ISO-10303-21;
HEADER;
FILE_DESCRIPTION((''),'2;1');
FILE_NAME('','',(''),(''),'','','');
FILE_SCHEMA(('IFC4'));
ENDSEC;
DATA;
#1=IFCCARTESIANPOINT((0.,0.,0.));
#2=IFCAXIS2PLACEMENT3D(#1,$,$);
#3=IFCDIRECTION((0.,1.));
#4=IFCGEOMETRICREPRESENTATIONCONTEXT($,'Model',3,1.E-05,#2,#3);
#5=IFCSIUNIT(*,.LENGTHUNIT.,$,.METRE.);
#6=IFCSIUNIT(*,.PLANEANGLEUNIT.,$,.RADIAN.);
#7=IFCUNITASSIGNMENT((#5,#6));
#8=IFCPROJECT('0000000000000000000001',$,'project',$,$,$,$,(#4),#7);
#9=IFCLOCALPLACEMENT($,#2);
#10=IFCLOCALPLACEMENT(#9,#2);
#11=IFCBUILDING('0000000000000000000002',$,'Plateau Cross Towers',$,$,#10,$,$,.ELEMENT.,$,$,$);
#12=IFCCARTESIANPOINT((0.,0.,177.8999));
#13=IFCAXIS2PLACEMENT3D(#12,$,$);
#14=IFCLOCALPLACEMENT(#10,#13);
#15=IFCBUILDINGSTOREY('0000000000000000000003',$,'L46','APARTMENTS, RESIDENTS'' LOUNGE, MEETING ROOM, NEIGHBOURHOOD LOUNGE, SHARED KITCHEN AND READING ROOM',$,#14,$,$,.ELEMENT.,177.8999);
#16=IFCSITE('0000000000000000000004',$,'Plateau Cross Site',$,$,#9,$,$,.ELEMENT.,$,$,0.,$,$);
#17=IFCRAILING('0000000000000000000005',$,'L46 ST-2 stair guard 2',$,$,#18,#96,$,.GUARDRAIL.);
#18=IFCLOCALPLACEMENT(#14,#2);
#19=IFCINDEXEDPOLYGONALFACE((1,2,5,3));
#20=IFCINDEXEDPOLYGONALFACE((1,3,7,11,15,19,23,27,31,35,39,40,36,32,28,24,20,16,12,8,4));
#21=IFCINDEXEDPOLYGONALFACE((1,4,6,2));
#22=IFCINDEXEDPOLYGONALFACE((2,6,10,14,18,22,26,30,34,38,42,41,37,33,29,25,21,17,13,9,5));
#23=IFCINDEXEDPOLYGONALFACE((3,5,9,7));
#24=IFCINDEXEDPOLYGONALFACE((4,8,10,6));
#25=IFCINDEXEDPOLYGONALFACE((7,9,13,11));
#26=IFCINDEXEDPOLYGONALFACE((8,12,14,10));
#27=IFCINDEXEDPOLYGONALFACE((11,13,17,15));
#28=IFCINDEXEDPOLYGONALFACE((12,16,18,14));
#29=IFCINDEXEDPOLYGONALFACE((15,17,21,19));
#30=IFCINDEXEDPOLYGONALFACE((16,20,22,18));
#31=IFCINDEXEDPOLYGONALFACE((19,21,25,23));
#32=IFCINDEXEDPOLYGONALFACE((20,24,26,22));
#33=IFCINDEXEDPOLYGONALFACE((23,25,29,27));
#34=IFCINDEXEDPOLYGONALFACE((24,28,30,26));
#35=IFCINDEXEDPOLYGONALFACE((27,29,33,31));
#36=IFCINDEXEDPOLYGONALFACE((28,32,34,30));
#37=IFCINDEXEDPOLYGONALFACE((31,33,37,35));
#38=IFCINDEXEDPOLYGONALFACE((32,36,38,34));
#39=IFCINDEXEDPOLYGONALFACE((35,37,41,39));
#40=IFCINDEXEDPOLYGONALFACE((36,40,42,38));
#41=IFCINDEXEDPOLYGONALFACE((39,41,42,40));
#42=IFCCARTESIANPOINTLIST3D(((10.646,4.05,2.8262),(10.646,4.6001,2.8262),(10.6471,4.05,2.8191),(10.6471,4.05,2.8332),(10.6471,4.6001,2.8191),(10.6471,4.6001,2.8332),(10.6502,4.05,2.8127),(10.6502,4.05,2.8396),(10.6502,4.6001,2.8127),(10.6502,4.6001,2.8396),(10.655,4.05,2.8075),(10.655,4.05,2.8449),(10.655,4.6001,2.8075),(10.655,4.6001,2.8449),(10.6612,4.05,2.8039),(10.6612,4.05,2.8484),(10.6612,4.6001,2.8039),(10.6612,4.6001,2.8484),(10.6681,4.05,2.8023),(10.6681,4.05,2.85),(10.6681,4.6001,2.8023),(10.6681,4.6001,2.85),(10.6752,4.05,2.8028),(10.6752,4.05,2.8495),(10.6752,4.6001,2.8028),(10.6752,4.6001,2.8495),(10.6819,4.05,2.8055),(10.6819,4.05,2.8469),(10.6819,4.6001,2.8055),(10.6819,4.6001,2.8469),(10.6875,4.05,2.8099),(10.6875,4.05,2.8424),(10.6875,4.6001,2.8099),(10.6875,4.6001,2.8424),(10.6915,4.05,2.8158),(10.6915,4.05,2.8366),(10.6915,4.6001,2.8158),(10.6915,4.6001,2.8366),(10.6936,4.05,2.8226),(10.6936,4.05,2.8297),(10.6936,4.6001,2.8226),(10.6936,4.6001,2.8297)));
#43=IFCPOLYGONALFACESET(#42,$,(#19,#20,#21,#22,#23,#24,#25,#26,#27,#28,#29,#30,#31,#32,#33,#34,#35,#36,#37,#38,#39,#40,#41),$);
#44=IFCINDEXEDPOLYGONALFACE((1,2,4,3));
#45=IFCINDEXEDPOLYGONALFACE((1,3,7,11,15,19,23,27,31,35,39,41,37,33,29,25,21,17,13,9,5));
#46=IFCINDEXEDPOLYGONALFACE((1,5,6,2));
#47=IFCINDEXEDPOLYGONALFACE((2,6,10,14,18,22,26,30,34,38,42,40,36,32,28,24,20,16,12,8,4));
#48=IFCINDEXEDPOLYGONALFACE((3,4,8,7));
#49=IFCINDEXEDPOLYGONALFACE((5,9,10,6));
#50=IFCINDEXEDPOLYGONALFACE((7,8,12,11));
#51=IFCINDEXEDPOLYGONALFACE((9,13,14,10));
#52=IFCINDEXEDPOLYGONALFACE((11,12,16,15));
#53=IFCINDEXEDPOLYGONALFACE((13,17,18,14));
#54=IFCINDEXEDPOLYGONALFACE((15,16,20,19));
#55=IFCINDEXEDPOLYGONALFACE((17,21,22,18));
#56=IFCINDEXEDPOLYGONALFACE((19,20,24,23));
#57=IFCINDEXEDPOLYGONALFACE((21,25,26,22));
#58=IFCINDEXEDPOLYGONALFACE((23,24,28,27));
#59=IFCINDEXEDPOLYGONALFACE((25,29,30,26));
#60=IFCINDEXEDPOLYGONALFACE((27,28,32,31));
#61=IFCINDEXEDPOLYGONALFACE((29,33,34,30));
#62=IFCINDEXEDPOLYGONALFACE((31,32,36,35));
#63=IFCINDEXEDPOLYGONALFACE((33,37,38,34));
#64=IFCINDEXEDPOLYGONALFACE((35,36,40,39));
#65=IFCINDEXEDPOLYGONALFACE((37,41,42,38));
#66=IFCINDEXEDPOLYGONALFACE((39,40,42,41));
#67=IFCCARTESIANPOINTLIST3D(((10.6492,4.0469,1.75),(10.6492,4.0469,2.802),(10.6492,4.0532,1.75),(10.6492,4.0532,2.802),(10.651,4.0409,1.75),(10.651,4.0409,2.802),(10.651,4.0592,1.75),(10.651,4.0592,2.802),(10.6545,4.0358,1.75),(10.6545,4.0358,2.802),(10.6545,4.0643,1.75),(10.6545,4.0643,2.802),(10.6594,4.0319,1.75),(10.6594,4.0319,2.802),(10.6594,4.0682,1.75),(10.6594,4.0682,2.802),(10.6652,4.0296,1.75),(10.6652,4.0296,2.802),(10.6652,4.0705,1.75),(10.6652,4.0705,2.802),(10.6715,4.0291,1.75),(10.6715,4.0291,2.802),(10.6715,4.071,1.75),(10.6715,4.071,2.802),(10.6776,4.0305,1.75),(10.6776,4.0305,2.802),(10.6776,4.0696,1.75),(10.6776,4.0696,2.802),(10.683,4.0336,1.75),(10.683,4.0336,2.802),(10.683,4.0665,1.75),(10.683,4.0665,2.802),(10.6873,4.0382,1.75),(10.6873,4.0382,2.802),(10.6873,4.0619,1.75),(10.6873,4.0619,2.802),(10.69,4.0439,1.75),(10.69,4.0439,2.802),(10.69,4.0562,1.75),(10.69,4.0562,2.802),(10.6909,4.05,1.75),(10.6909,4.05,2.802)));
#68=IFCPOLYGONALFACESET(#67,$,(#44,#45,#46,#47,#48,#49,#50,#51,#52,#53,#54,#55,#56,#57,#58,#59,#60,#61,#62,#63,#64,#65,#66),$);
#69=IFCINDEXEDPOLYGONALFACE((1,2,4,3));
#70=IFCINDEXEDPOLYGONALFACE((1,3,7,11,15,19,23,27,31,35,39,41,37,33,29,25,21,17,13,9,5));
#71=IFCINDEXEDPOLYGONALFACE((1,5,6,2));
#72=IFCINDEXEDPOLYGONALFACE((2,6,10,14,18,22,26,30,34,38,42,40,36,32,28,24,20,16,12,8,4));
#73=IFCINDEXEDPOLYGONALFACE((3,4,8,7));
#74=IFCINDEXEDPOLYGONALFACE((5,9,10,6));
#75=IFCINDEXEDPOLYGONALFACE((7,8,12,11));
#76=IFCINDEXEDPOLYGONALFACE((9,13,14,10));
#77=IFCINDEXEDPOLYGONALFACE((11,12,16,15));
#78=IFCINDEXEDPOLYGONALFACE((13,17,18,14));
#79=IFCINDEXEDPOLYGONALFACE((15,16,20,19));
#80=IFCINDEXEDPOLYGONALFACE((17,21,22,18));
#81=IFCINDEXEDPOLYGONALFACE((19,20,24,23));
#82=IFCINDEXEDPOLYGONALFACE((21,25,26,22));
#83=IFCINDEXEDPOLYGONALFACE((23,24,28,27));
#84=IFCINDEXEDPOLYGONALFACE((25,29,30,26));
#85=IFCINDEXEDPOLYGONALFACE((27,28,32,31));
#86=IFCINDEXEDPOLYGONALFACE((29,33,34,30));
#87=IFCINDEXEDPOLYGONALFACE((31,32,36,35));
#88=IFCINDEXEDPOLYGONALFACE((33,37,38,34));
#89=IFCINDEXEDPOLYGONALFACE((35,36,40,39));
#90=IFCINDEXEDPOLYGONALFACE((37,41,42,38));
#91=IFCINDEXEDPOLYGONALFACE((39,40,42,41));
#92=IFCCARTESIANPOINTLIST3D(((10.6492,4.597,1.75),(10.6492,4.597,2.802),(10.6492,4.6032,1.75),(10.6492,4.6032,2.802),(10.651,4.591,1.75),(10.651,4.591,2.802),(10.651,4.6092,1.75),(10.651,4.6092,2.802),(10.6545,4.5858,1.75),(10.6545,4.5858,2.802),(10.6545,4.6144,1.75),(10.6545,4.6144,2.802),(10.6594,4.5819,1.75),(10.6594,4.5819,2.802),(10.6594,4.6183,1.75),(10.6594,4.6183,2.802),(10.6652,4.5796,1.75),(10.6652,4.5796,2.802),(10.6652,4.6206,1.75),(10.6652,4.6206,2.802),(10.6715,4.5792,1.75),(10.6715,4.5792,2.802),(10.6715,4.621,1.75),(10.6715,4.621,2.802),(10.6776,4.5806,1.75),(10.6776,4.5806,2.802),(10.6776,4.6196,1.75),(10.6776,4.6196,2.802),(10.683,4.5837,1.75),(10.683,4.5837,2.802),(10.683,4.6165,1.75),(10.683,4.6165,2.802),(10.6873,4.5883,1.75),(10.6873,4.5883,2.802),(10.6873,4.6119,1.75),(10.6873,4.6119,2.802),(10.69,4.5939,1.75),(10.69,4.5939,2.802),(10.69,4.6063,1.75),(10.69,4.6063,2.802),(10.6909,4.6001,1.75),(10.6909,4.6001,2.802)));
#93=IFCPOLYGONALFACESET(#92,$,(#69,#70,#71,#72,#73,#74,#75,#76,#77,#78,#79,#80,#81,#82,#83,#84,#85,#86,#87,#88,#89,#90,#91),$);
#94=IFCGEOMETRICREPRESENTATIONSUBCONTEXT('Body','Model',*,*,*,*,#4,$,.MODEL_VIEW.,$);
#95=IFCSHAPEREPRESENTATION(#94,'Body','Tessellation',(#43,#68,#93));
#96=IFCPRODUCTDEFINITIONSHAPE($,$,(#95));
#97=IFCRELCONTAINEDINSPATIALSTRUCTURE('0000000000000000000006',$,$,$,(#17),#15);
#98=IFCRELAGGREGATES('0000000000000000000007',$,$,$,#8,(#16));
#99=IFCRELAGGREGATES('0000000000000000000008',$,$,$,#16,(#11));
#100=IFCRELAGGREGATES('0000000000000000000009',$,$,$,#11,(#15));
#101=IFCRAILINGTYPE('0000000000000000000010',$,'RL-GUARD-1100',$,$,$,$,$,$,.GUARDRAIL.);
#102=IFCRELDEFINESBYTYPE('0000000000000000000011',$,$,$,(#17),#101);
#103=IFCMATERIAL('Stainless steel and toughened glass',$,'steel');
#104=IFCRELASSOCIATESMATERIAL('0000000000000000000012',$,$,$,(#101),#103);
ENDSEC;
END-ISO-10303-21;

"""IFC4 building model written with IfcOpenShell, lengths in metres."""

from ifc_helpers import new_model, si_unit, direction, frame, origin, origin_2d, place, context, subcontext, project, spatial, circle, extrude, material, type_object, element, save


model = new_model("IFC4")

# Units and contexts
model_context = context("Model", 3, precision=1e-05, world=origin(), true_north=direction((0.0, 1.0)))
body_context = subcontext(model_context, "Body", "Model", "MODEL_VIEW")
ifc_project = project(units=[si_unit("LENGTHUNIT", "METRE"), si_unit("PLANEANGLEUNIT", "RADIAN")], contexts=[model_context])

# Site, building, storey
site_placement = place(None, origin())
site = spatial("IfcSite", under=ifc_project, at=site_placement, Name="Plateau Cross Site", CompositionType="ELEMENT", RefElevation=0.0)
building_placement = place(site_placement, origin())
building = spatial("IfcBuilding", under=site, at=building_placement, Name="Plateau Cross Towers", CompositionType="ELEMENT")
storey_placement = place(building_placement, frame((0.0, 0.0, 177.8999)))
storey = spatial("IfcBuildingStorey", under=building, at=storey_placement, Name="L46", Description="APARTMENTS, RESIDENTS' LOUNGE, MEETING ROOM, NEIGHBOURHOOD LOUNGE, SHARED KITCHEN AND READING ROOM", CompositionType="ELEMENT", Elevation=177.8999)

# Railing
ifc_material_1 = material(Name="Stainless steel and toughened glass", Category="steel")
railing_type_1 = type_object("IfcRailingType", Name="RL-GUARD-1100", PredefinedType="GUARDRAIL", material=ifc_material_1)
railing_1_placement = place(storey_placement, frame((10.6699, 4.05, 1.75)))
element("IfcRailing", 1, at=railing_1_placement, inside=storey, type_object=railing_type_1, Name="L46 ST-2 stair guard 2", PredefinedType="GUARDRAIL", context=body_context, shape_type="SweptSolid", body=[
    extrude(circle(Radius=0.0239, at=origin_2d()), frame((0.0, 0.0, 1.0762), z_axis=(0.0, 1.0, 0.0), x_axis=(-1.0, 0.0, 0.0)), (0.0, 0.0, 1.0), 0.55),
    extrude(circle(Radius=0.021, at=origin_2d()), origin(), (0.0, 0.0, 1.0), 1.052),
    extrude(circle(Radius=0.021, at=origin_2d()), frame((0.0, 0.55, 0.0)), (0.0, 0.0, 1.0), 1.052),
])

save(model, "model.ifc")
